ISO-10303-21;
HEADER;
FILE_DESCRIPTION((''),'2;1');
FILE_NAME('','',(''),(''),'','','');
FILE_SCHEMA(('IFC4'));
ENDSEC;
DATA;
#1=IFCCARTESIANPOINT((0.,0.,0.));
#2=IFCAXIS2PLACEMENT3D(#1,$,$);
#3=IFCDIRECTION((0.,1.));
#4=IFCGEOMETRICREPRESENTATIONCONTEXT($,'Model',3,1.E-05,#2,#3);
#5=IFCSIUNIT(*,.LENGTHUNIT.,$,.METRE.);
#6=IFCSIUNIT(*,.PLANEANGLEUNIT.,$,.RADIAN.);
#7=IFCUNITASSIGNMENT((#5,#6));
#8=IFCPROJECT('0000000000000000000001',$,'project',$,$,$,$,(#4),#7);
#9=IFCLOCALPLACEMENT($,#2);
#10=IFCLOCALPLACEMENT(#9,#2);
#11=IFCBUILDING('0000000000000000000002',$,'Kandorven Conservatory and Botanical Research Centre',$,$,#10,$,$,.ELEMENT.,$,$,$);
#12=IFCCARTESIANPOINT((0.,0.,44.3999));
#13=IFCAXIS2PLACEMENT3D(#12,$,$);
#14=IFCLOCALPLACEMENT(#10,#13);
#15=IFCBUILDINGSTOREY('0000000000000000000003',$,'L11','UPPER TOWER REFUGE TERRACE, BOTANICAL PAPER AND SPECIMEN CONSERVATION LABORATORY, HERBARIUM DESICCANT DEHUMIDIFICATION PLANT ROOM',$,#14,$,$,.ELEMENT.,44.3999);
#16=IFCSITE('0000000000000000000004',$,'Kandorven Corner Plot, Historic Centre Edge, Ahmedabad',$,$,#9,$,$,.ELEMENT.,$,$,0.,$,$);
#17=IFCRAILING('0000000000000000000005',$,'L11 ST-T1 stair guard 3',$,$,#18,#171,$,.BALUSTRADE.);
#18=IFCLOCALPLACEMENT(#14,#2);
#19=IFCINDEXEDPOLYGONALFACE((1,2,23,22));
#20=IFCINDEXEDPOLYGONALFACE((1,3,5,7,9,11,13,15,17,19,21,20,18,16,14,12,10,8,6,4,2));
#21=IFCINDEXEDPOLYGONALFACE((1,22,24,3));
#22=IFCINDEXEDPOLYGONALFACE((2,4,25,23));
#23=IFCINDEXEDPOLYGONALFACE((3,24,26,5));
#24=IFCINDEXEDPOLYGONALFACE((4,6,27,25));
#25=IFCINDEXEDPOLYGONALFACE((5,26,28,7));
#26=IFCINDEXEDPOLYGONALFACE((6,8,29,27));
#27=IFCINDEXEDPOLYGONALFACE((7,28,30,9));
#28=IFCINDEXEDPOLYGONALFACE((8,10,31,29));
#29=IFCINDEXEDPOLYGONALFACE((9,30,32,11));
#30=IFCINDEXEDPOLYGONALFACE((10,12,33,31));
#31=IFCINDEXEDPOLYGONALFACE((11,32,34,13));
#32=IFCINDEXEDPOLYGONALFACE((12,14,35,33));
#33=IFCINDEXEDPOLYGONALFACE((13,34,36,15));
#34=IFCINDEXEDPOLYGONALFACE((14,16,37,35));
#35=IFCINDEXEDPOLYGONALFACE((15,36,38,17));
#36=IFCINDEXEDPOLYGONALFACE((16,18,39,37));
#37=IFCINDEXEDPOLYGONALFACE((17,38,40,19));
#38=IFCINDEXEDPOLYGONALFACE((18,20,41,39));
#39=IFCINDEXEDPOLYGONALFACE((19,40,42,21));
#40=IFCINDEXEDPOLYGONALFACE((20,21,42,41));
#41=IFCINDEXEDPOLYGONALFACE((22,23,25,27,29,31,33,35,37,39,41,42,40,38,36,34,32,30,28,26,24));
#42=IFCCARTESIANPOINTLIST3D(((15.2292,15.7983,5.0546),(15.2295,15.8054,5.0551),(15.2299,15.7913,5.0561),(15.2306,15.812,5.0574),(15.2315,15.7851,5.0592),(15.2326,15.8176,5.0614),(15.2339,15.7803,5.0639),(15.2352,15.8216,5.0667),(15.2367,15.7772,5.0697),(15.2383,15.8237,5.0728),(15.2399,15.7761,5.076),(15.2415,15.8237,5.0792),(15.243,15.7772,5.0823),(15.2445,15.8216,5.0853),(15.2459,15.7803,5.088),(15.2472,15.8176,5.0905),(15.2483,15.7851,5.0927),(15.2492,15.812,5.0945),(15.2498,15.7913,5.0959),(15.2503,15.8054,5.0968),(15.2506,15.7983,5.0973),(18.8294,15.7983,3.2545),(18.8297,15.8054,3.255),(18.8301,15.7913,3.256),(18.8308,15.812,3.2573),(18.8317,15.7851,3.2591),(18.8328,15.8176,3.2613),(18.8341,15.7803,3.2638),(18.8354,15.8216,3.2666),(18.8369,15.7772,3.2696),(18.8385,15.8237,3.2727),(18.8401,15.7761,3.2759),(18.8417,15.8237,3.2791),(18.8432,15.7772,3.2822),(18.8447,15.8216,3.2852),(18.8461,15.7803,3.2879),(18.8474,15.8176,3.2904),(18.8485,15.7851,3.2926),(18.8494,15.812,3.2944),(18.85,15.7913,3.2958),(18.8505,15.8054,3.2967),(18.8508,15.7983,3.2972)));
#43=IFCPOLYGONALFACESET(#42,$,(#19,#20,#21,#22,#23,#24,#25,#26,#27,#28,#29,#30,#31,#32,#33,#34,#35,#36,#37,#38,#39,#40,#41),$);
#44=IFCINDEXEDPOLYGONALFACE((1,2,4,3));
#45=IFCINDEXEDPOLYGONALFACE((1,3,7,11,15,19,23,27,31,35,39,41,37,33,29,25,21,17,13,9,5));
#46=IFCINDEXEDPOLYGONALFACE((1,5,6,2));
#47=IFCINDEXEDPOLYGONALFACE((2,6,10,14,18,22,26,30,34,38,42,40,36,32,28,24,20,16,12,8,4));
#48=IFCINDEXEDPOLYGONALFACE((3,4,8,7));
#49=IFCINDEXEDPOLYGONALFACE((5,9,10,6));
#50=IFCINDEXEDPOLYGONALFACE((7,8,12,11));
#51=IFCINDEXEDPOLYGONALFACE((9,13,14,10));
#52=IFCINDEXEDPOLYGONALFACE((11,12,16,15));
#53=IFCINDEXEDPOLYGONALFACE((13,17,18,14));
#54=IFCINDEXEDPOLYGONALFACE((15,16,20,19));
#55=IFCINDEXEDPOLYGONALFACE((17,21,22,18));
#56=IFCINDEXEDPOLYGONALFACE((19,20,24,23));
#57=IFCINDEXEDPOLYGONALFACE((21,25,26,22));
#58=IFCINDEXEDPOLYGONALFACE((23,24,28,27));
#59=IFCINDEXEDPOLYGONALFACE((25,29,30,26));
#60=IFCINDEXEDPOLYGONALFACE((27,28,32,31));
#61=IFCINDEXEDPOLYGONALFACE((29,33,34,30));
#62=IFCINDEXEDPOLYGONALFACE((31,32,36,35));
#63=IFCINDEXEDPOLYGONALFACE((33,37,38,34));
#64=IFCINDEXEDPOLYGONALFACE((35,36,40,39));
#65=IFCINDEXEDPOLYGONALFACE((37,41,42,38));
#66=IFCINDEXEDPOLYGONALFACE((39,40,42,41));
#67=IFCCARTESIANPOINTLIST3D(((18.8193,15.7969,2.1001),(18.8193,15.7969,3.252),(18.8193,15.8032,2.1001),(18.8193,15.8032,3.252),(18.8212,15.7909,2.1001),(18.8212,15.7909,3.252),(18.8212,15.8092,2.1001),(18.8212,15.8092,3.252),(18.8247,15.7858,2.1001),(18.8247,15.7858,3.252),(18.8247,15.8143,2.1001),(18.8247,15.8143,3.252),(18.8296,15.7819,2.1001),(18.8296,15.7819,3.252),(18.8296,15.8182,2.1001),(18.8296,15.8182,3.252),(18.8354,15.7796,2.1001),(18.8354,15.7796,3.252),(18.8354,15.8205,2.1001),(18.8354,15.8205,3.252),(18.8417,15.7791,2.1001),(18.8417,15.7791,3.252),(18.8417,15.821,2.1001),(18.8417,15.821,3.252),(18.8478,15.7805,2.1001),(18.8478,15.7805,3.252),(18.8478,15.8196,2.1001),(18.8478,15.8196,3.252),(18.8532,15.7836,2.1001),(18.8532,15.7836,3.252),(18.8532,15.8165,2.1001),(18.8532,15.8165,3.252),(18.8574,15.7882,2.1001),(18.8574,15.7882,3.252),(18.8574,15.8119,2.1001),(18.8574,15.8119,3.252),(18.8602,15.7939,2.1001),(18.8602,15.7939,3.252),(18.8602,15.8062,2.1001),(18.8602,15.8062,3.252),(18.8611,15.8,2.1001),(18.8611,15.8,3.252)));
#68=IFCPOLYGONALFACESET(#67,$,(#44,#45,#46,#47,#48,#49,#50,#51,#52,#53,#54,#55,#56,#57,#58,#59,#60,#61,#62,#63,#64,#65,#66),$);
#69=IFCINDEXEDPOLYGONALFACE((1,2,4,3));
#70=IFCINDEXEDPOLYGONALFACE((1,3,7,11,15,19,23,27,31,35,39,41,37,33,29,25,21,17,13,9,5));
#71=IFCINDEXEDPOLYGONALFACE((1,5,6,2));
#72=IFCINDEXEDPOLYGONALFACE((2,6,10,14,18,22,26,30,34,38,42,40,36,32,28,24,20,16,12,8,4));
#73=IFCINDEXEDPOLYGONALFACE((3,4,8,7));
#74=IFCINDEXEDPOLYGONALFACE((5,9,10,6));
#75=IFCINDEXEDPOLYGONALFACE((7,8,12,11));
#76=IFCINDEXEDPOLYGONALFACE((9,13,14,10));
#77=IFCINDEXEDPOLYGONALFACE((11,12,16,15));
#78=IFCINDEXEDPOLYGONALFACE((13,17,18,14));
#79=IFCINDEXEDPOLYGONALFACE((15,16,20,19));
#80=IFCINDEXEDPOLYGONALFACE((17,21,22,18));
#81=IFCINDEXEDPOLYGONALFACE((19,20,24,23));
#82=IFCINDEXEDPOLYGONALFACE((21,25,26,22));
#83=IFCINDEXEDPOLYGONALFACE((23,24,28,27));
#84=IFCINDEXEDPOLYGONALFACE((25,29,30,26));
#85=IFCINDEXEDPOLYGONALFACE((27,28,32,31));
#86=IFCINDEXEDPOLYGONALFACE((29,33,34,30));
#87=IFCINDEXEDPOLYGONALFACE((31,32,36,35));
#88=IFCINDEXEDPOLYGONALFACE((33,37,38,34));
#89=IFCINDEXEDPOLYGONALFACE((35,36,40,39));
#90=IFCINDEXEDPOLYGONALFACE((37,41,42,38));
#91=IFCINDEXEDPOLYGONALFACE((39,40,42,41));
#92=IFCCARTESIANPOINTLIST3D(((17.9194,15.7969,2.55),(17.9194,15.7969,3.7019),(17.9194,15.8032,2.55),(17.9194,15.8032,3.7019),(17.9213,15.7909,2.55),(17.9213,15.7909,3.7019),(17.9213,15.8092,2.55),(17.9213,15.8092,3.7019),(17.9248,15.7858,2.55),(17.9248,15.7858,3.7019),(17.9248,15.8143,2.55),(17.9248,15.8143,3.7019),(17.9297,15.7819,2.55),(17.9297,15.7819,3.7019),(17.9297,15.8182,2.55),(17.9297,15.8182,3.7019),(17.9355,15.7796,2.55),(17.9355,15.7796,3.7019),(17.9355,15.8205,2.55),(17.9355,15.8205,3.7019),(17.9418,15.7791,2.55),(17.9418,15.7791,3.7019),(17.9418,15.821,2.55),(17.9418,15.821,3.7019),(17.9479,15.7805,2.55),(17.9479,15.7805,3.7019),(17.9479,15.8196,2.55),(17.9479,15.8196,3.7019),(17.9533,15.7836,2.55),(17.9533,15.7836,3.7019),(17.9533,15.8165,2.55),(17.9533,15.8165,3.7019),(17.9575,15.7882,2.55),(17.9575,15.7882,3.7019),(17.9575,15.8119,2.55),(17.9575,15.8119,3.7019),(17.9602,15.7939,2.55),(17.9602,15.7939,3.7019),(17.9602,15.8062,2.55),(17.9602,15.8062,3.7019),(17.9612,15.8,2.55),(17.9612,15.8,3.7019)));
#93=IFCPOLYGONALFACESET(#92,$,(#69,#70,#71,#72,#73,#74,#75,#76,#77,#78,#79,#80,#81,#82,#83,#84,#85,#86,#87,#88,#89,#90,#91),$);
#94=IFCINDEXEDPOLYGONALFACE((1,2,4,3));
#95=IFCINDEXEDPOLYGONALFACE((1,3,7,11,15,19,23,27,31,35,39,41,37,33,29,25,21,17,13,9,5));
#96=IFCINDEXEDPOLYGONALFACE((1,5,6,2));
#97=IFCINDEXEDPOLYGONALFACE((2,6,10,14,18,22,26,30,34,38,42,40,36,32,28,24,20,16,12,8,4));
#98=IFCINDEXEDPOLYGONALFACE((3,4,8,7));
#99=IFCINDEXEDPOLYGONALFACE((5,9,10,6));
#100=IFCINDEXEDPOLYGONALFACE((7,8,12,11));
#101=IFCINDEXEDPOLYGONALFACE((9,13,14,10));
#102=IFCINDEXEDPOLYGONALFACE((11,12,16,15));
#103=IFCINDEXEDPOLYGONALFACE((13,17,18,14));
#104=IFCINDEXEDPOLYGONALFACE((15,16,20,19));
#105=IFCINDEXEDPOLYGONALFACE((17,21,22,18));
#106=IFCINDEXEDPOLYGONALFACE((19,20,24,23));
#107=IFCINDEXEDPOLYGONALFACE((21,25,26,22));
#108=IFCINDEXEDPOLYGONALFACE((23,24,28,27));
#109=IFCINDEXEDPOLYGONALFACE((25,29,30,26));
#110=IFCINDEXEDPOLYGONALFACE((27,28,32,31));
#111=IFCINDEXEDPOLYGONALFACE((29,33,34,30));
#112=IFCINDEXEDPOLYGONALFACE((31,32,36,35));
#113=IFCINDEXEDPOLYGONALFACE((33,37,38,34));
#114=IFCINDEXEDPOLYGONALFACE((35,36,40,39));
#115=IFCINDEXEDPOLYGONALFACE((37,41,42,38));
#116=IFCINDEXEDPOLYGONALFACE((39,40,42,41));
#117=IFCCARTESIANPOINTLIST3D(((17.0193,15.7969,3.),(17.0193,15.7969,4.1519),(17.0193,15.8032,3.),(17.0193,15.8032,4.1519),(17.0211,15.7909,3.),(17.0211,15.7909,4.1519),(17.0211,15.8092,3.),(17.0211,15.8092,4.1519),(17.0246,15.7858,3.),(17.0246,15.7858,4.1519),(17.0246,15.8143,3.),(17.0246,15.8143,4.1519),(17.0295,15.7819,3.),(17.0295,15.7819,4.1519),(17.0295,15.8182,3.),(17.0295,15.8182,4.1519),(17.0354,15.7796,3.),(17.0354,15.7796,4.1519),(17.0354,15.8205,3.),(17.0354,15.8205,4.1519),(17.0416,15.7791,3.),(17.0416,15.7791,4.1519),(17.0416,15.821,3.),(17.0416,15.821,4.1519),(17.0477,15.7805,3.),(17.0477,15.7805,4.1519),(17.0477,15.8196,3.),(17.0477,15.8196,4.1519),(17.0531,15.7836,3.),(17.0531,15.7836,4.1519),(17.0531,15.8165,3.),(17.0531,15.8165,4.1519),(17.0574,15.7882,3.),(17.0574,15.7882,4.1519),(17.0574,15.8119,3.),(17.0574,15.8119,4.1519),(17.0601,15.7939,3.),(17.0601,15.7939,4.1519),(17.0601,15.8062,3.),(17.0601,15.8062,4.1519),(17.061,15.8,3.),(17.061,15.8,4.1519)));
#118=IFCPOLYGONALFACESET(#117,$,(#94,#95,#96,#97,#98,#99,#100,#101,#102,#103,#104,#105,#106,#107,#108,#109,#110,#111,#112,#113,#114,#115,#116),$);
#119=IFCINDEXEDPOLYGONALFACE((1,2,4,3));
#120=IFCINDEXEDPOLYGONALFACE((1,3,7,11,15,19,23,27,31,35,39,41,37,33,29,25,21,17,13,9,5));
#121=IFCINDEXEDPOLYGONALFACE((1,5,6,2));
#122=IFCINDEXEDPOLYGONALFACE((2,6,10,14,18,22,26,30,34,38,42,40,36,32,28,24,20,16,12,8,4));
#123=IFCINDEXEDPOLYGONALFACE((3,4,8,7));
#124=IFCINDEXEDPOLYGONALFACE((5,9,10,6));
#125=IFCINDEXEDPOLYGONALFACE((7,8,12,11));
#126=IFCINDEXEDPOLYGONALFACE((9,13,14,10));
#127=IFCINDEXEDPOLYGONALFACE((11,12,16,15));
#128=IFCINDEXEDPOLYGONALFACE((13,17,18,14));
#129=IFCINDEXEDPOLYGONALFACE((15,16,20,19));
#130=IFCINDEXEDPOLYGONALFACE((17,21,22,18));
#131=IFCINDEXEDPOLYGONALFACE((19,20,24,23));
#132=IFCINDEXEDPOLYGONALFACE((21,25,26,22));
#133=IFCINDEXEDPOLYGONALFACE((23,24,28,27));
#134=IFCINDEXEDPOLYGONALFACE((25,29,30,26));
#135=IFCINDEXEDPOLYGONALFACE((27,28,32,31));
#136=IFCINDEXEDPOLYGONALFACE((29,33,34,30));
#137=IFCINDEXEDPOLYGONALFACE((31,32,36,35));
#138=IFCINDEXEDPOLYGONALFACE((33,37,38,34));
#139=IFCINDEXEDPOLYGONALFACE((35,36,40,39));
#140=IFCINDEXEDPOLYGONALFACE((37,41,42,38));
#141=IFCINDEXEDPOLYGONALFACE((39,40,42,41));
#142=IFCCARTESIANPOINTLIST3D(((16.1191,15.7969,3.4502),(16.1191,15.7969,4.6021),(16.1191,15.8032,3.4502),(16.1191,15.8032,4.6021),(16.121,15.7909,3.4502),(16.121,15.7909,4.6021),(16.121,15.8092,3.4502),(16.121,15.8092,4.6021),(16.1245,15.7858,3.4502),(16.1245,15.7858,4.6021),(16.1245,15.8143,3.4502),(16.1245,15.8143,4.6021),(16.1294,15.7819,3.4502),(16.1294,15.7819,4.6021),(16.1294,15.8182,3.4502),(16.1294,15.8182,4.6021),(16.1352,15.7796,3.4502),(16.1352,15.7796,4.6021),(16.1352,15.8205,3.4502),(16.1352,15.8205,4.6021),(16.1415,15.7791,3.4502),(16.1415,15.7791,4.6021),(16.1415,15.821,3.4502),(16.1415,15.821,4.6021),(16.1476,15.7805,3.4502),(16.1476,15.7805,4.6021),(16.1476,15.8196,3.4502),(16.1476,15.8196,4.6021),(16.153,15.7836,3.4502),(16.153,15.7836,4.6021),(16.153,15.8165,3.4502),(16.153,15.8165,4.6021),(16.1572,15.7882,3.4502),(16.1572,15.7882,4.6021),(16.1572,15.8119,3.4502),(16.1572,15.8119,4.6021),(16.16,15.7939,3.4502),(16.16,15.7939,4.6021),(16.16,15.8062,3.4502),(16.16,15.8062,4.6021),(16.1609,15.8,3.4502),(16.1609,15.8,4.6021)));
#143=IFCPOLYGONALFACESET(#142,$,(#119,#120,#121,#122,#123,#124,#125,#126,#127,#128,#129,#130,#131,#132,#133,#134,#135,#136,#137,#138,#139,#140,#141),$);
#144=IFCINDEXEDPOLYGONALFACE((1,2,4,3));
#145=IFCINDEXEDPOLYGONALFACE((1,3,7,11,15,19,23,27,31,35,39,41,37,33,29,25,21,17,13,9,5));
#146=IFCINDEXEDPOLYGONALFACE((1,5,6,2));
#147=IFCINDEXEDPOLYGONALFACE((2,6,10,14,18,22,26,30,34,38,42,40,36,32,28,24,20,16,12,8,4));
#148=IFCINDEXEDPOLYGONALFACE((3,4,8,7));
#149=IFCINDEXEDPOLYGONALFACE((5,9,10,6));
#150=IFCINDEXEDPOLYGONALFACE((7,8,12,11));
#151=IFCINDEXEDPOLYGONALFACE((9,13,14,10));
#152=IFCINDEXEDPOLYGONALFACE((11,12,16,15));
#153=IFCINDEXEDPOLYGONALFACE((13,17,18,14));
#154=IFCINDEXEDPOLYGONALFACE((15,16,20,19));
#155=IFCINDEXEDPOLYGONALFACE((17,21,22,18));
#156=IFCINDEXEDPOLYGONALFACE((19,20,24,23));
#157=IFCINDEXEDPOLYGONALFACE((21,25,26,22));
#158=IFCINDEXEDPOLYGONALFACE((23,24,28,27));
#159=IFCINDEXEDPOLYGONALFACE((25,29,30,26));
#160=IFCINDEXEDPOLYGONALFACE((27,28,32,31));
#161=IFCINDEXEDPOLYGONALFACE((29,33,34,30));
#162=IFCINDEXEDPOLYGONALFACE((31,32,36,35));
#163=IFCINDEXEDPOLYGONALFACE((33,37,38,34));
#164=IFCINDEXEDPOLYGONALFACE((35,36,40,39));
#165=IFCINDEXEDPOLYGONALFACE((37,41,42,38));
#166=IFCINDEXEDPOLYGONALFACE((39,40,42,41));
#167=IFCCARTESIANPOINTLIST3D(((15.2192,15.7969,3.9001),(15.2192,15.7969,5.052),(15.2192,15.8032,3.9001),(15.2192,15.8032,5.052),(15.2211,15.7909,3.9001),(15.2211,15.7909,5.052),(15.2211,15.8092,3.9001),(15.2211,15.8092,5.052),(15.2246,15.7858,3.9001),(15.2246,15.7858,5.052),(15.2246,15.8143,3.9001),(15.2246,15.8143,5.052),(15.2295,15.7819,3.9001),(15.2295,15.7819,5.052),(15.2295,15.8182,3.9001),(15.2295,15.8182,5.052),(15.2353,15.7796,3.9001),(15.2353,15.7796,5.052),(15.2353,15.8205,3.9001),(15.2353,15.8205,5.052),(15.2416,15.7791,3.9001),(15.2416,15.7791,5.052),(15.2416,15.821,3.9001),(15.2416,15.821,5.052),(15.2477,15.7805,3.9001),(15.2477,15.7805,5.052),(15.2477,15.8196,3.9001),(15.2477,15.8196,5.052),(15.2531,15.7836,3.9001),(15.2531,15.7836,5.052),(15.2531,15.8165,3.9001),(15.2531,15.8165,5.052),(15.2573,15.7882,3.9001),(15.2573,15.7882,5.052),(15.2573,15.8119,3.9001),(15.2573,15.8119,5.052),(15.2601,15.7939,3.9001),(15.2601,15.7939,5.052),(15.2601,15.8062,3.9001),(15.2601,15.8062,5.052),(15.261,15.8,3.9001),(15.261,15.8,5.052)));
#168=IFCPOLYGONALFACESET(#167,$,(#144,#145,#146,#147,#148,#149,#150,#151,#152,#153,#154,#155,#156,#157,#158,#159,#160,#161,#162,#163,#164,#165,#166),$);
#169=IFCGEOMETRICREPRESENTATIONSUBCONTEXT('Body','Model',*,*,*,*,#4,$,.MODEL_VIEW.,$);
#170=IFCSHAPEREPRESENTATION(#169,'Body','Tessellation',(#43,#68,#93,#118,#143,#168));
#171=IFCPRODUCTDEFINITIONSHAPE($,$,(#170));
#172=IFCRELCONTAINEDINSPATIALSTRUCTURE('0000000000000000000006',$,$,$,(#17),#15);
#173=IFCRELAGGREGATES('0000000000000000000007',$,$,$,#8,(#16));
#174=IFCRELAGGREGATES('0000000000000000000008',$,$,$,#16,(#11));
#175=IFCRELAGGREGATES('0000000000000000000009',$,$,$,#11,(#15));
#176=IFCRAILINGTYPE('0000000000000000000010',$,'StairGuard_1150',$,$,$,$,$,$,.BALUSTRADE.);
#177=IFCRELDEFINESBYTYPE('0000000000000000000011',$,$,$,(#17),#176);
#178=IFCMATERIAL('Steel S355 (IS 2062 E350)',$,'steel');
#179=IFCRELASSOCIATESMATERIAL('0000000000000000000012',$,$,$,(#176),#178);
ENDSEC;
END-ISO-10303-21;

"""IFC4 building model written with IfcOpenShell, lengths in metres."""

from ifc_helpers import new_model, si_unit, direction, frame, origin, origin_2d, place, context, subcontext, project, spatial, circle, extrude, material, type_object, element, save


model = new_model("IFC4")

# Units and contexts
model_context = context("Model", 3, precision=1e-05, world=origin(), true_north=direction((0.0, 1.0)))
body_context = subcontext(model_context, "Body", "Model", "MODEL_VIEW")
ifc_project = project(units=[si_unit("LENGTHUNIT", "METRE"), si_unit("PLANEANGLEUNIT", "RADIAN")], contexts=[model_context])

# Site, building, storey
site_placement = place(None, origin())
site = spatial("IfcSite", under=ifc_project, at=site_placement, Name="Kandorven Corner Plot, Historic Centre Edge, Ahmedabad", CompositionType="ELEMENT", RefElevation=0.0)
building_placement = place(site_placement, origin())
building = spatial("IfcBuilding", under=site, at=building_placement, Name="Kandorven Conservatory and Botanical Research Centre", CompositionType="ELEMENT")
storey_placement = place(building_placement, frame((0.0, 0.0, 44.3999)))
storey = spatial("IfcBuildingStorey", under=building, at=storey_placement, Name="L11", Description="UPPER TOWER REFUGE TERRACE, BOTANICAL PAPER AND SPECIMEN CONSERVATION LABORATORY, HERBARIUM DESICCANT DEHUMIDIFICATION PLANT ROOM", CompositionType="ELEMENT", Elevation=44.3999)

# Railing
ifc_material_1 = material(Name="Steel S355 (IS 2062 E350)", Category="steel")
railing_type_1 = type_object("IfcRailingType", Name="StairGuard_1150", PredefinedType="BALUSTRADE", material=ifc_material_1)
railing_1_placement = place(storey_placement, frame((18.8401, 15.8, 2.1001)))
element("IfcRailing", 1, at=railing_1_placement, inside=storey, type_object=railing_type_1, Name="L11 ST-T1 stair guard 3", PredefinedType="BALUSTRADE", context=body_context, shape_type="SweptSolid", body=[
    extrude(circle(Radius=0.0239, at=origin_2d()), frame((0.0, 0.0, 1.1758), z_axis=(-0.894427, 0.0, 0.447214), x_axis=(0.0, -1.0, 0.0)), (0.0, 0.0, 1.0), 4.0251),
    extrude(circle(Radius=0.021, at=origin_2d()), origin(), (0.0, 0.0, 1.0), 1.1519),
    extrude(circle(Radius=0.021, at=origin_2d()), frame((-0.8999, 0.0, 0.45)), (0.0, 0.0, 1.0), 1.1519),
    extrude(circle(Radius=0.021, at=origin_2d()), frame((-1.8, 0.0, 0.8999)), (0.0, 0.0, 1.0), 1.1519),
    extrude(circle(Radius=0.021, at=origin_2d()), frame((-2.7002, 0.0, 1.3501)), (0.0, 0.0, 1.0), 1.1519),
    extrude(circle(Radius=0.021, at=origin_2d()), frame((-3.6001, 0.0, 1.8)), (0.0, 0.0, 1.0), 1.1519),
])

save(model, "model.ifc")
